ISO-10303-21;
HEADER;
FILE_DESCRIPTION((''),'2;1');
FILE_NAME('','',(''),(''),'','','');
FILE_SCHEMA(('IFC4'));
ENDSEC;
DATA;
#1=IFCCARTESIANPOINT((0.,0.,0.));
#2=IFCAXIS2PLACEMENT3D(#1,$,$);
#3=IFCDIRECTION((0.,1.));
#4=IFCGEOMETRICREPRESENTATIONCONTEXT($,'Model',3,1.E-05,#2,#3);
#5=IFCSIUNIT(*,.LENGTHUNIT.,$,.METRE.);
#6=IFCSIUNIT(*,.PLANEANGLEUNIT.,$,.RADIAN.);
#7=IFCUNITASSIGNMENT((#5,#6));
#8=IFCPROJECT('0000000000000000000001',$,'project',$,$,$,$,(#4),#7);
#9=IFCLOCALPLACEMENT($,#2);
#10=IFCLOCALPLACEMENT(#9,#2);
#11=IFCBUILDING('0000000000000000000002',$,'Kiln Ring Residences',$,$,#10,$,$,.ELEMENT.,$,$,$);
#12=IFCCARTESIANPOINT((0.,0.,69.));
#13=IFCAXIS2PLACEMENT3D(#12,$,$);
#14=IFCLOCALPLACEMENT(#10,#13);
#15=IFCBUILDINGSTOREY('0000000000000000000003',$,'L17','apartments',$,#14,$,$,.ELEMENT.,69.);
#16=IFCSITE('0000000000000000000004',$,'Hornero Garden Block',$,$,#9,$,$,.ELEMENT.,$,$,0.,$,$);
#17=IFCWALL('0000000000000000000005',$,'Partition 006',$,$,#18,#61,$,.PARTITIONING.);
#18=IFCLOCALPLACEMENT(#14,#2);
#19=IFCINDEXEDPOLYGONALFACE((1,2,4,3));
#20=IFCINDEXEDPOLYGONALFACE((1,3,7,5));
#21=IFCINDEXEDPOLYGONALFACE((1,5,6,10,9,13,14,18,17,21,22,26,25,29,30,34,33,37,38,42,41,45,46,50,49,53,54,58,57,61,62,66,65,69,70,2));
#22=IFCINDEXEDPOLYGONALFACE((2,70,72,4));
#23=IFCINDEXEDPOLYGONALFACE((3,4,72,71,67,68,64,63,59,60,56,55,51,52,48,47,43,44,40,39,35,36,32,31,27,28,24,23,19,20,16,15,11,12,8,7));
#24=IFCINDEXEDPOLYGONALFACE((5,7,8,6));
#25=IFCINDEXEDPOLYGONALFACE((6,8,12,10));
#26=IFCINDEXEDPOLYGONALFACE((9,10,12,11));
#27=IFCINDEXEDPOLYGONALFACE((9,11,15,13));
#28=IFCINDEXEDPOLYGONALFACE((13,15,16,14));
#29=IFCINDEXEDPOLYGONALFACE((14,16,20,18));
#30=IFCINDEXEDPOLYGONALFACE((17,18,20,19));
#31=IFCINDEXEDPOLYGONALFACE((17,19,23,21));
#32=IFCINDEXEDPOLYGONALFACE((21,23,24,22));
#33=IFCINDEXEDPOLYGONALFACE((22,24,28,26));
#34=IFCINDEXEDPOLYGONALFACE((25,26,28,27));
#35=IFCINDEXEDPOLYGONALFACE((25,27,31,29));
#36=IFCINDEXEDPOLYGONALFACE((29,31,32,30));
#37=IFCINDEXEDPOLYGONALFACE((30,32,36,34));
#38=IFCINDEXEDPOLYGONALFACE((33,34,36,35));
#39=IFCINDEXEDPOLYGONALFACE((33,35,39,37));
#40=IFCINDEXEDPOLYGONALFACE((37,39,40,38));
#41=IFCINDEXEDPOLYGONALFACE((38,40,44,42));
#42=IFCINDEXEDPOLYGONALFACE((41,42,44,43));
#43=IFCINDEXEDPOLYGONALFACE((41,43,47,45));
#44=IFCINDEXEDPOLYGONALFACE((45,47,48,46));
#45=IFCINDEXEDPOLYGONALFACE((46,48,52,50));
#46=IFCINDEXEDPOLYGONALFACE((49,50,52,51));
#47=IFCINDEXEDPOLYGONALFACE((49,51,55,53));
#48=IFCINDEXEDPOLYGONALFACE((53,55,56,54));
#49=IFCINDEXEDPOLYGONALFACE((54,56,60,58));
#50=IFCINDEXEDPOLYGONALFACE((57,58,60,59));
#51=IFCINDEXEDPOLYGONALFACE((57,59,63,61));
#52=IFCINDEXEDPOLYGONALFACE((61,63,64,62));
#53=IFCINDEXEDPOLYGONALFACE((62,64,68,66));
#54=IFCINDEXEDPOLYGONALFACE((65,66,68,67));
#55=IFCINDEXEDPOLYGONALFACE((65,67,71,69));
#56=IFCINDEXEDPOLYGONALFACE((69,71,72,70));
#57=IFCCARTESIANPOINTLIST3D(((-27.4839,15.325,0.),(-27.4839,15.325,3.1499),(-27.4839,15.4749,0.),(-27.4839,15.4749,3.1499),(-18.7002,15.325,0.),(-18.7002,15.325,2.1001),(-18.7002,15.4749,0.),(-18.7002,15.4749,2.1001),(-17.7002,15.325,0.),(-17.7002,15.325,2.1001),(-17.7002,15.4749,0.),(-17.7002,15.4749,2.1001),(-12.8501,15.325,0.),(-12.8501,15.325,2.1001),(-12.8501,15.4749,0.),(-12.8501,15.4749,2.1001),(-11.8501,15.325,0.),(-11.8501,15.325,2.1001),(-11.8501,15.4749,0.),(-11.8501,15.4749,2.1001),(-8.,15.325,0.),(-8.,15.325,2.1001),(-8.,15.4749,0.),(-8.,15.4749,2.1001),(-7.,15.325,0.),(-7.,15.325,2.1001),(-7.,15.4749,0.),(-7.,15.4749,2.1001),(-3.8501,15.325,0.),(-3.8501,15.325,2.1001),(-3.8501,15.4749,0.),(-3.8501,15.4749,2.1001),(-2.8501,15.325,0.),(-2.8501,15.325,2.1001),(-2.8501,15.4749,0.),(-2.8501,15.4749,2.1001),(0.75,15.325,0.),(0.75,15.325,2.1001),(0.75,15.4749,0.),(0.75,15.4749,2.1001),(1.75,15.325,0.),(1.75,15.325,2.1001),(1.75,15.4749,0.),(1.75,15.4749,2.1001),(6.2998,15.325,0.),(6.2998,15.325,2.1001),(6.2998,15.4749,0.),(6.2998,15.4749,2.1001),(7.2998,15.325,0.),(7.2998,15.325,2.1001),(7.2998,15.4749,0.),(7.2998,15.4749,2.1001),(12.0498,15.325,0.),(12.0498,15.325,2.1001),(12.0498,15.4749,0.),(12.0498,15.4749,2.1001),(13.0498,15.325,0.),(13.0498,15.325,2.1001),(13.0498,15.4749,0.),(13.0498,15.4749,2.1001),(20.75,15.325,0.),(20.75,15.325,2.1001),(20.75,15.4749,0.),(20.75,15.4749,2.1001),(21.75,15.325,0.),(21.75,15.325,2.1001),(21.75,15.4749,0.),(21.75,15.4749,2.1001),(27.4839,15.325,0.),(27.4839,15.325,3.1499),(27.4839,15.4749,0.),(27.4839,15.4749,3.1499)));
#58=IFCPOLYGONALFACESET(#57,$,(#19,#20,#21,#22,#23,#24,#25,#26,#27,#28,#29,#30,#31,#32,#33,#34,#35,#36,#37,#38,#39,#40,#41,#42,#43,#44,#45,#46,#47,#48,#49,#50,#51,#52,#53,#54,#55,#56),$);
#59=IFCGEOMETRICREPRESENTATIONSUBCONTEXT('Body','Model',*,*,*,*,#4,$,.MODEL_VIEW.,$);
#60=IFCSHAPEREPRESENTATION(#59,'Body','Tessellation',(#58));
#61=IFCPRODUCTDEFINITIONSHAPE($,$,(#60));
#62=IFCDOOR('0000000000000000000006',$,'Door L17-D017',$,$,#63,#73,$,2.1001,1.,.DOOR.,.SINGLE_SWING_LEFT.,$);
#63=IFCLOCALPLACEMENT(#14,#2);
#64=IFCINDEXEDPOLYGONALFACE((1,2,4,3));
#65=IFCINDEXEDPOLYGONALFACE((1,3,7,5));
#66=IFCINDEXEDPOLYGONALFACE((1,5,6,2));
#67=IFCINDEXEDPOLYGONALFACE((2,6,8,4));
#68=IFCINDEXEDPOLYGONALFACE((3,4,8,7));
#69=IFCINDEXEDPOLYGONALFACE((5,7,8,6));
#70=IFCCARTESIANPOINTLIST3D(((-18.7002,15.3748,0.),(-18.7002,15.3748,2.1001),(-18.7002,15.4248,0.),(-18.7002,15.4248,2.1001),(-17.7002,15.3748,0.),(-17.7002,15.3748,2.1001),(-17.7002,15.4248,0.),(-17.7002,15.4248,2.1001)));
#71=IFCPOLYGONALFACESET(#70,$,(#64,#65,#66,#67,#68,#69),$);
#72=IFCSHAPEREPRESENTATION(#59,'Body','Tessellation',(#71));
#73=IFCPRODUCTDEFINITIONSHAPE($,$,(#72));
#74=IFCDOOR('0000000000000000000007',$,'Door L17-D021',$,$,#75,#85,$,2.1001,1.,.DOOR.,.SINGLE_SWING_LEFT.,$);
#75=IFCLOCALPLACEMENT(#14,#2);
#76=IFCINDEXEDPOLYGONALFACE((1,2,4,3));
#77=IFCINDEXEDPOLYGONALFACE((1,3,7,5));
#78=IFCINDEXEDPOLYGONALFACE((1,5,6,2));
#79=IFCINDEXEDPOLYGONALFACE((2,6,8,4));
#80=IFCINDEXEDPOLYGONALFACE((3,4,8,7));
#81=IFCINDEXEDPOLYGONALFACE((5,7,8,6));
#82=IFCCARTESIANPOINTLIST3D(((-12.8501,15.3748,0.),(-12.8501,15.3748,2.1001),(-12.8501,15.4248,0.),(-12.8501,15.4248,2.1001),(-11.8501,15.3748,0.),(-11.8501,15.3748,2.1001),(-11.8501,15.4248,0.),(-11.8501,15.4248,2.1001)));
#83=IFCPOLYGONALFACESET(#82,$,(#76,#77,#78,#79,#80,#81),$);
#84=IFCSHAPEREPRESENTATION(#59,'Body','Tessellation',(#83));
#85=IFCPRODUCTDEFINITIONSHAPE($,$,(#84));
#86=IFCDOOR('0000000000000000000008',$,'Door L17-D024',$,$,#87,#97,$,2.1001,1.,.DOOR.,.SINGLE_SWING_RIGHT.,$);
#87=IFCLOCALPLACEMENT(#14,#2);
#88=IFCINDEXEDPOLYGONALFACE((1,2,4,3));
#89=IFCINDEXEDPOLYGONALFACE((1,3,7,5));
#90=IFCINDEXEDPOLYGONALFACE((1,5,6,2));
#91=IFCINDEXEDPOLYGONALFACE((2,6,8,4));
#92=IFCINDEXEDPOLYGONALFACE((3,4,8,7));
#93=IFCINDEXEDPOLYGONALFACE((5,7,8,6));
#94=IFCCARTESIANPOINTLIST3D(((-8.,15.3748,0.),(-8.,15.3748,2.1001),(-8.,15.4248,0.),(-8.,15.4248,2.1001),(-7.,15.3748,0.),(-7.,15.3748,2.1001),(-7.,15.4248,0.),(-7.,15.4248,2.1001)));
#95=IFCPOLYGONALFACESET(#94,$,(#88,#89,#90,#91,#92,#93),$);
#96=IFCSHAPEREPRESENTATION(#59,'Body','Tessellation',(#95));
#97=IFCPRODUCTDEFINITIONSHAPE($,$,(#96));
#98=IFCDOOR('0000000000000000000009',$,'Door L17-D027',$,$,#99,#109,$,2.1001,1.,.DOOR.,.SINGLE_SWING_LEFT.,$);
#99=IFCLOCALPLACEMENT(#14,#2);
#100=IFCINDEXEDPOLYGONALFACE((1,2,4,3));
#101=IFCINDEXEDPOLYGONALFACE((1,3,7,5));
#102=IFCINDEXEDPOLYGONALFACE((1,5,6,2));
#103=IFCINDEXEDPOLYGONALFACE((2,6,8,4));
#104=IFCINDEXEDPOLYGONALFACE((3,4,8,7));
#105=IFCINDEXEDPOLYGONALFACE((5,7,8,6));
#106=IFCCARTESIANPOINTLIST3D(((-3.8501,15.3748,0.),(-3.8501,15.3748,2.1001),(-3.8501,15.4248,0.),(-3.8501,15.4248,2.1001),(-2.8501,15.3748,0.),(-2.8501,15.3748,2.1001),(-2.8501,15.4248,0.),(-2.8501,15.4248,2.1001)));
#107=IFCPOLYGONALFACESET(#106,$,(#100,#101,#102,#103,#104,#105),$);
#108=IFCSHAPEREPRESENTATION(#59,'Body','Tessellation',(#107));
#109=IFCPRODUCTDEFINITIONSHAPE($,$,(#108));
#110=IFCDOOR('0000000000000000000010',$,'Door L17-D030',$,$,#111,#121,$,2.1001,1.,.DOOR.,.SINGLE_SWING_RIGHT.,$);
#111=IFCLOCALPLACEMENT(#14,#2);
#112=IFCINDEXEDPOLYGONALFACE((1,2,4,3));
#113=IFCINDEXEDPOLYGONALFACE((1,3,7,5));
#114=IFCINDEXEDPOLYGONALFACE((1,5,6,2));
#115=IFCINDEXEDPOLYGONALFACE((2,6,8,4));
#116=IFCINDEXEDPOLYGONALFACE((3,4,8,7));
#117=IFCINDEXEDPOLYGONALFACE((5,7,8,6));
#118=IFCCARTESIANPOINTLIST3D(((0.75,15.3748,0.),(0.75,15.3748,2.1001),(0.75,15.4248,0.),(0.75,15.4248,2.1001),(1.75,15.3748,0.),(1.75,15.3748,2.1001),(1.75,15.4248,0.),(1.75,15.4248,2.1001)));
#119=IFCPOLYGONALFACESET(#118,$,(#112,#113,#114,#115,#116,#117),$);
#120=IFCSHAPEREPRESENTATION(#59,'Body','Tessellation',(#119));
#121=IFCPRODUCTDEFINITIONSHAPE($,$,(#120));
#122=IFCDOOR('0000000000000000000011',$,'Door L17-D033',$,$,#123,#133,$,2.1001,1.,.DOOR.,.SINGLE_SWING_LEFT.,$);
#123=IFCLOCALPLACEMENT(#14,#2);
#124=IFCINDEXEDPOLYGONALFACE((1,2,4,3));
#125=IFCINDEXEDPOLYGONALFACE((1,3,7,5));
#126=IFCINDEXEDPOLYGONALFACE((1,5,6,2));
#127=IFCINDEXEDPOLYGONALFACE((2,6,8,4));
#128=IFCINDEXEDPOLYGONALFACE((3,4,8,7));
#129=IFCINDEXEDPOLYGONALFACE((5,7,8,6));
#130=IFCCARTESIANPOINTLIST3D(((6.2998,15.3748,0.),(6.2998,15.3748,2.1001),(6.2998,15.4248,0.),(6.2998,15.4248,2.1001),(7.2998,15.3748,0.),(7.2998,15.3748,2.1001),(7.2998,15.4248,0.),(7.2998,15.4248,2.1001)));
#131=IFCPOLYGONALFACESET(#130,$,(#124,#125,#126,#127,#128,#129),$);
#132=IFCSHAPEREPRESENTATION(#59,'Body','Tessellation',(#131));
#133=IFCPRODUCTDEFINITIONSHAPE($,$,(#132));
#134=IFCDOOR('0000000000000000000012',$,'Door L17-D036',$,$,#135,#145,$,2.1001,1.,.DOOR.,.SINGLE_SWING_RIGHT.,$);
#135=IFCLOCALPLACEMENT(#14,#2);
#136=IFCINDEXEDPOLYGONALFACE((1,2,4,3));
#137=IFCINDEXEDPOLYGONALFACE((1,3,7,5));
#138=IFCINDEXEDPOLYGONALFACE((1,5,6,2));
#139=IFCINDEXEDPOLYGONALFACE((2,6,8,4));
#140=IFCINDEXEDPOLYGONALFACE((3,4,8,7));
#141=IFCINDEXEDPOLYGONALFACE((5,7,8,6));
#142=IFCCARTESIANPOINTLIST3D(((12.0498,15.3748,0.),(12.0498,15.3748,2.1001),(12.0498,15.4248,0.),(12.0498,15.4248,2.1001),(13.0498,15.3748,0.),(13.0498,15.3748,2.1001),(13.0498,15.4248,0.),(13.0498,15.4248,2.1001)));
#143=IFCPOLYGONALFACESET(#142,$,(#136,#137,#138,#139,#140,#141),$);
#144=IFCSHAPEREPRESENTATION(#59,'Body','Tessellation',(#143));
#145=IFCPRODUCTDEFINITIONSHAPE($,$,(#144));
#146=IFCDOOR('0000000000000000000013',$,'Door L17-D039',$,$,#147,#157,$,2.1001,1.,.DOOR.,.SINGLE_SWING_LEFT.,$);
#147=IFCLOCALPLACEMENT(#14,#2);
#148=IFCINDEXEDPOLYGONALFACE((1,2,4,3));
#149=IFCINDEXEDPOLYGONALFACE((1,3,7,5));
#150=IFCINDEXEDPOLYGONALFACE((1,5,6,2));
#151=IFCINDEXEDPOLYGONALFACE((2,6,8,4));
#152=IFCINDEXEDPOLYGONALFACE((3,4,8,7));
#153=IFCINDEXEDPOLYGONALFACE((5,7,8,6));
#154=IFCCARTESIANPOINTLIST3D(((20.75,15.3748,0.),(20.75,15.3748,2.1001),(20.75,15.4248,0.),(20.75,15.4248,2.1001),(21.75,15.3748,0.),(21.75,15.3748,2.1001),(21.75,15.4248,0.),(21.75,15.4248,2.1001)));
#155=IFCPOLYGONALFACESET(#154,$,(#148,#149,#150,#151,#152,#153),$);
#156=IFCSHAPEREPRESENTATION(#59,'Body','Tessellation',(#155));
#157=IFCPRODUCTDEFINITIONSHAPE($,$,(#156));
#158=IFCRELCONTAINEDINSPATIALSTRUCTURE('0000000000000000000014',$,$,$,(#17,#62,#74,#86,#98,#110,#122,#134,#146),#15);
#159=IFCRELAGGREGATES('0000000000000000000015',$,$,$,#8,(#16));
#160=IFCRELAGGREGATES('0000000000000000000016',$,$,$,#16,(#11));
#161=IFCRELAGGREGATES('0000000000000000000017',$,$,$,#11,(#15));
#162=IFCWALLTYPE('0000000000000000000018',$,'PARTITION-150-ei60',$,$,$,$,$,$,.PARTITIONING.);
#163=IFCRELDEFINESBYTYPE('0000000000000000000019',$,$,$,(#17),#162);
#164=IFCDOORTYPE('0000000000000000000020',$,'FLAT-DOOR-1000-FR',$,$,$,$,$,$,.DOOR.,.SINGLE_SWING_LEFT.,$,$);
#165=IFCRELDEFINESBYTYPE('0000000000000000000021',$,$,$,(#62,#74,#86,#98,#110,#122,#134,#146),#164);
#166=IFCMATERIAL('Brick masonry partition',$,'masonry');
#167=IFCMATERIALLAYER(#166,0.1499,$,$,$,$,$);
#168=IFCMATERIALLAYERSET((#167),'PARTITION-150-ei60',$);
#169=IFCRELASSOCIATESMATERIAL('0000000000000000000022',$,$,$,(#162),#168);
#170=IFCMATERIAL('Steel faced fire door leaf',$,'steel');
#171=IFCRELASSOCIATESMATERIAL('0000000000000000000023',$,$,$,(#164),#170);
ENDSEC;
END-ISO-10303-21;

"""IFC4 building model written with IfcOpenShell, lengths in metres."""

from ifc_helpers import new_model, si_unit, direction, frame, frame_2d, origin, place, context, subcontext, project, spatial, rectangle, extrude, material, layer, layer_set, type_object, element, fill, save


model = new_model("IFC4")

# Units and contexts
model_context = context("Model", 3, precision=1e-05, world=origin(), true_north=direction((0.0, 1.0)))
body_context = subcontext(model_context, "Body", "Model", "MODEL_VIEW")
ifc_project = project(units=[si_unit("LENGTHUNIT", "METRE"), si_unit("PLANEANGLEUNIT", "RADIAN")], contexts=[model_context])

# Site, building, storey
site_placement = place(None, origin())
site = spatial("IfcSite", under=ifc_project, at=site_placement, Name="Hornero Garden Block", CompositionType="ELEMENT", RefElevation=0.0)
building_placement = place(site_placement, origin())
building = spatial("IfcBuilding", under=site, at=building_placement, Name="Kiln Ring Residences", CompositionType="ELEMENT")
storey_placement = place(building_placement, frame((0.0, 0.0, 69.0)))
storey = spatial("IfcBuildingStorey", under=building, at=storey_placement, Name="L17", Description="apartments", CompositionType="ELEMENT", Elevation=69.0)

# Wall, openings, doors
ifc_material_1 = material(Name="Brick masonry partition", Category="masonry")
ifc_layer_1 = layer(ifc_material_1, 0.1499)
ifc_layer_set_1 = layer_set([ifc_layer_1], Name="PARTITION-150-ei60")
wall_type_1 = type_object("IfcWallType", Name="PARTITION-150-ei60", PredefinedType="PARTITIONING", material=ifc_layer_set_1)
wall_1_placement = place(storey_placement, frame((-27.4839, 15.3999, 0.0), z_axis=(0.0, 0.0, 1.0), x_axis=(1.0, 0.0, 0.0)))
wall_1 = element("IfcWall", 1, at=wall_1_placement, inside=storey, type_object=wall_type_1, Name="Partition 006", PredefinedType="PARTITIONING", context=body_context, shape_type="SweptSolid", body=[
    extrude(rectangle(XDim=54.9678, YDim=0.1499, at=frame_2d((27.4839, 0.0))), origin(), (0.0, 0.0, 1.0), 3.1499),
])
opening_1_placement = place(wall_1_placement, frame((8.7837, 0.0, 0.0)))
opening_1 = element("IfcOpeningElement", 2, at=opening_1_placement, cuts=wall_1, PredefinedType="OPENING", context=body_context, shape_type="SweptSolid", body=[
    extrude(rectangle(XDim=1.0, YDim=2.1001, at=frame_2d((0.5, 1.05))), frame((0.0, 0.085, 0.0), z_axis=(0.0, -1.0, 0.0), x_axis=(1.0, 0.0, 0.0)), (0.0, 0.0, 1.0), 0.1699),
])
opening_2_placement = place(wall_1_placement, frame((14.6338, 0.0, 0.0)))
opening_2 = element("IfcOpeningElement", 3, at=opening_2_placement, cuts=wall_1, PredefinedType="OPENING", context=body_context, shape_type="SweptSolid", body=[
    extrude(rectangle(XDim=1.0, YDim=2.1001, at=frame_2d((0.5, 1.05))), frame((0.0, 0.085, 0.0), z_axis=(0.0, -1.0, 0.0), x_axis=(1.0, 0.0, 0.0)), (0.0, 0.0, 1.0), 0.1699),
])
opening_3_placement = place(wall_1_placement, frame((19.4839, 0.0, 0.0)))
opening_3 = element("IfcOpeningElement", 4, at=opening_3_placement, cuts=wall_1, PredefinedType="OPENING", context=body_context, shape_type="SweptSolid", body=[
    extrude(rectangle(XDim=1.0, YDim=2.1001, at=frame_2d((0.5, 1.05))), frame((0.0, 0.085, 0.0), z_axis=(0.0, -1.0, 0.0), x_axis=(1.0, 0.0, 0.0)), (0.0, 0.0, 1.0), 0.1699),
])
opening_4_placement = place(wall_1_placement, frame((23.6338, 0.0, 0.0)))
opening_4 = element("IfcOpeningElement", 5, at=opening_4_placement, cuts=wall_1, PredefinedType="OPENING", context=body_context, shape_type="SweptSolid", body=[
    extrude(rectangle(XDim=1.0, YDim=2.1001, at=frame_2d((0.5, 1.05))), frame((0.0, 0.085, 0.0), z_axis=(0.0, -1.0, 0.0), x_axis=(1.0, 0.0, 0.0)), (0.0, 0.0, 1.0), 0.1699),
])
opening_5_placement = place(wall_1_placement, frame((28.2339, 0.0, 0.0)))
opening_5 = element("IfcOpeningElement", 6, at=opening_5_placement, cuts=wall_1, PredefinedType="OPENING", context=body_context, shape_type="SweptSolid", body=[
    extrude(rectangle(XDim=1.0, YDim=2.1001, at=frame_2d((0.5, 1.05))), frame((0.0, 0.085, 0.0), z_axis=(0.0, -1.0, 0.0), x_axis=(1.0, 0.0, 0.0)), (0.0, 0.0, 1.0), 0.1699),
])
opening_6_placement = place(wall_1_placement, frame((33.7837, 0.0, 0.0)))
opening_6 = element("IfcOpeningElement", 7, at=opening_6_placement, cuts=wall_1, PredefinedType="OPENING", context=body_context, shape_type="SweptSolid", body=[
    extrude(rectangle(XDim=1.0, YDim=2.1001, at=frame_2d((0.5, 1.05))), frame((0.0, 0.085, 0.0), z_axis=(0.0, -1.0, 0.0), x_axis=(1.0, 0.0, 0.0)), (0.0, 0.0, 1.0), 0.1699),
])
opening_7_placement = place(wall_1_placement, frame((39.5337, 0.0, 0.0)))
opening_7 = element("IfcOpeningElement", 8, at=opening_7_placement, cuts=wall_1, PredefinedType="OPENING", context=body_context, shape_type="SweptSolid", body=[
    extrude(rectangle(XDim=1.0, YDim=2.1001, at=frame_2d((0.5, 1.05))), frame((0.0, 0.085, 0.0), z_axis=(0.0, -1.0, 0.0), x_axis=(1.0, 0.0, 0.0)), (0.0, 0.0, 1.0), 0.1699),
])
opening_8_placement = place(wall_1_placement, frame((48.2339, 0.0, 0.0)))
opening_8 = element("IfcOpeningElement", 9, at=opening_8_placement, cuts=wall_1, PredefinedType="OPENING", context=body_context, shape_type="SweptSolid", body=[
    extrude(rectangle(XDim=1.0, YDim=2.1001, at=frame_2d((0.5, 1.05))), frame((0.0, 0.085, 0.0), z_axis=(0.0, -1.0, 0.0), x_axis=(1.0, 0.0, 0.0)), (0.0, 0.0, 1.0), 0.1699),
])
ifc_material_2 = material(Name="Steel faced fire door leaf", Category="steel")
door_type_1 = type_object("IfcDoorType", Name="FLAT-DOOR-1000-FR", OperationType="SINGLE_SWING_LEFT", PredefinedType="DOOR", material=ifc_material_2)
door_1_placement = place(opening_1_placement, origin())
door_1 = element("IfcDoor", 10, at=door_1_placement, inside=storey, type_object=door_type_1, Name="Door L17-D017", OperationType="SINGLE_SWING_LEFT", OverallHeight=2.1001, OverallWidth=1.0, PredefinedType="DOOR", context=body_context, shape_type="SweptSolid", body=[
    extrude(rectangle(XDim=1.0, YDim=2.1001, at=frame_2d((0.5, 1.05))), frame((0.0, 0.0249, 0.0), z_axis=(0.0, -1.0, 0.0), x_axis=(1.0, 0.0, 0.0)), (0.0, 0.0, 1.0), 0.05),
])
fill(opening_1, door_1)
door_2_placement = place(opening_2_placement, origin())
door_2 = element("IfcDoor", 11, at=door_2_placement, inside=storey, type_object=door_type_1, Name="Door L17-D021", OperationType="SINGLE_SWING_LEFT", OverallHeight=2.1001, OverallWidth=1.0, PredefinedType="DOOR", context=body_context, shape_type="SweptSolid", body=[
    extrude(rectangle(XDim=1.0, YDim=2.1001, at=frame_2d((0.5, 1.05))), frame((0.0, 0.0249, 0.0), z_axis=(0.0, -1.0, 0.0), x_axis=(1.0, 0.0, 0.0)), (0.0, 0.0, 1.0), 0.05),
])
fill(opening_2, door_2)
door_3_placement = place(opening_3_placement, origin())
door_3 = element("IfcDoor", 12, at=door_3_placement, inside=storey, type_object=door_type_1, Name="Door L17-D024", OperationType="SINGLE_SWING_RIGHT", OverallHeight=2.1001, OverallWidth=1.0, PredefinedType="DOOR", context=body_context, shape_type="SweptSolid", body=[
    extrude(rectangle(XDim=1.0, YDim=2.1001, at=frame_2d((0.5, 1.05))), frame((0.0, 0.0249, 0.0), z_axis=(0.0, -1.0, 0.0), x_axis=(1.0, 0.0, 0.0)), (0.0, 0.0, 1.0), 0.05),
])
fill(opening_3, door_3)
door_4_placement = place(opening_4_placement, origin())
door_4 = element("IfcDoor", 13, at=door_4_placement, inside=storey, type_object=door_type_1, Name="Door L17-D027", OperationType="SINGLE_SWING_LEFT", OverallHeight=2.1001, OverallWidth=1.0, PredefinedType="DOOR", context=body_context, shape_type="SweptSolid", body=[
    extrude(rectangle(XDim=1.0, YDim=2.1001, at=frame_2d((0.5, 1.05))), frame((0.0, 0.0249, 0.0), z_axis=(0.0, -1.0, 0.0), x_axis=(1.0, 0.0, 0.0)), (0.0, 0.0, 1.0), 0.05),
])
fill(opening_4, door_4)
door_5_placement = place(opening_5_placement, origin())
door_5 = element("IfcDoor", 14, at=door_5_placement, inside=storey, type_object=door_type_1, Name="Door L17-D030", OperationType="SINGLE_SWING_RIGHT", OverallHeight=2.1001, OverallWidth=1.0, PredefinedType="DOOR", context=body_context, shape_type="SweptSolid", body=[
    extrude(rectangle(XDim=1.0, YDim=2.1001, at=frame_2d((0.5, 1.05))), frame((0.0, 0.0249, 0.0), z_axis=(0.0, -1.0, 0.0), x_axis=(1.0, 0.0, 0.0)), (0.0, 0.0, 1.0), 0.05),
])
fill(opening_5, door_5)
door_6_placement = place(opening_6_placement, origin())
door_6 = element("IfcDoor", 15, at=door_6_placement, inside=storey, type_object=door_type_1, Name="Door L17-D033", OperationType="SINGLE_SWING_LEFT", OverallHeight=2.1001, OverallWidth=1.0, PredefinedType="DOOR", context=body_context, shape_type="SweptSolid", body=[
    extrude(rectangle(XDim=1.0, YDim=2.1001, at=frame_2d((0.5, 1.05))), frame((0.0, 0.0249, 0.0), z_axis=(0.0, -1.0, 0.0), x_axis=(1.0, 0.0, 0.0)), (0.0, 0.0, 1.0), 0.05),
])
fill(opening_6, door_6)
door_7_placement = place(opening_7_placement, origin())
door_7 = element("IfcDoor", 16, at=door_7_placement, inside=storey, type_object=door_type_1, Name="Door L17-D036", OperationType="SINGLE_SWING_RIGHT", OverallHeight=2.1001, OverallWidth=1.0, PredefinedType="DOOR", context=body_context, shape_type="SweptSolid", body=[
    extrude(rectangle(XDim=1.0, YDim=2.1001, at=frame_2d((0.5, 1.05))), frame((0.0, 0.0249, 0.0), z_axis=(0.0, -1.0, 0.0), x_axis=(1.0, 0.0, 0.0)), (0.0, 0.0, 1.0), 0.05),
])
fill(opening_7, door_7)
door_8_placement = place(opening_8_placement, origin())
door_8 = element("IfcDoor", 17, at=door_8_placement, inside=storey, type_object=door_type_1, Name="Door L17-D039", OperationType="SINGLE_SWING_LEFT", OverallHeight=2.1001, OverallWidth=1.0, PredefinedType="DOOR", context=body_context, shape_type="SweptSolid", body=[
    extrude(rectangle(XDim=1.0, YDim=2.1001, at=frame_2d((0.5, 1.05))), frame((0.0, 0.0249, 0.0), z_axis=(0.0, -1.0, 0.0), x_axis=(1.0, 0.0, 0.0)), (0.0, 0.0, 1.0), 0.05),
])
fill(opening_8, door_8)

save(model, "model.ifc")
